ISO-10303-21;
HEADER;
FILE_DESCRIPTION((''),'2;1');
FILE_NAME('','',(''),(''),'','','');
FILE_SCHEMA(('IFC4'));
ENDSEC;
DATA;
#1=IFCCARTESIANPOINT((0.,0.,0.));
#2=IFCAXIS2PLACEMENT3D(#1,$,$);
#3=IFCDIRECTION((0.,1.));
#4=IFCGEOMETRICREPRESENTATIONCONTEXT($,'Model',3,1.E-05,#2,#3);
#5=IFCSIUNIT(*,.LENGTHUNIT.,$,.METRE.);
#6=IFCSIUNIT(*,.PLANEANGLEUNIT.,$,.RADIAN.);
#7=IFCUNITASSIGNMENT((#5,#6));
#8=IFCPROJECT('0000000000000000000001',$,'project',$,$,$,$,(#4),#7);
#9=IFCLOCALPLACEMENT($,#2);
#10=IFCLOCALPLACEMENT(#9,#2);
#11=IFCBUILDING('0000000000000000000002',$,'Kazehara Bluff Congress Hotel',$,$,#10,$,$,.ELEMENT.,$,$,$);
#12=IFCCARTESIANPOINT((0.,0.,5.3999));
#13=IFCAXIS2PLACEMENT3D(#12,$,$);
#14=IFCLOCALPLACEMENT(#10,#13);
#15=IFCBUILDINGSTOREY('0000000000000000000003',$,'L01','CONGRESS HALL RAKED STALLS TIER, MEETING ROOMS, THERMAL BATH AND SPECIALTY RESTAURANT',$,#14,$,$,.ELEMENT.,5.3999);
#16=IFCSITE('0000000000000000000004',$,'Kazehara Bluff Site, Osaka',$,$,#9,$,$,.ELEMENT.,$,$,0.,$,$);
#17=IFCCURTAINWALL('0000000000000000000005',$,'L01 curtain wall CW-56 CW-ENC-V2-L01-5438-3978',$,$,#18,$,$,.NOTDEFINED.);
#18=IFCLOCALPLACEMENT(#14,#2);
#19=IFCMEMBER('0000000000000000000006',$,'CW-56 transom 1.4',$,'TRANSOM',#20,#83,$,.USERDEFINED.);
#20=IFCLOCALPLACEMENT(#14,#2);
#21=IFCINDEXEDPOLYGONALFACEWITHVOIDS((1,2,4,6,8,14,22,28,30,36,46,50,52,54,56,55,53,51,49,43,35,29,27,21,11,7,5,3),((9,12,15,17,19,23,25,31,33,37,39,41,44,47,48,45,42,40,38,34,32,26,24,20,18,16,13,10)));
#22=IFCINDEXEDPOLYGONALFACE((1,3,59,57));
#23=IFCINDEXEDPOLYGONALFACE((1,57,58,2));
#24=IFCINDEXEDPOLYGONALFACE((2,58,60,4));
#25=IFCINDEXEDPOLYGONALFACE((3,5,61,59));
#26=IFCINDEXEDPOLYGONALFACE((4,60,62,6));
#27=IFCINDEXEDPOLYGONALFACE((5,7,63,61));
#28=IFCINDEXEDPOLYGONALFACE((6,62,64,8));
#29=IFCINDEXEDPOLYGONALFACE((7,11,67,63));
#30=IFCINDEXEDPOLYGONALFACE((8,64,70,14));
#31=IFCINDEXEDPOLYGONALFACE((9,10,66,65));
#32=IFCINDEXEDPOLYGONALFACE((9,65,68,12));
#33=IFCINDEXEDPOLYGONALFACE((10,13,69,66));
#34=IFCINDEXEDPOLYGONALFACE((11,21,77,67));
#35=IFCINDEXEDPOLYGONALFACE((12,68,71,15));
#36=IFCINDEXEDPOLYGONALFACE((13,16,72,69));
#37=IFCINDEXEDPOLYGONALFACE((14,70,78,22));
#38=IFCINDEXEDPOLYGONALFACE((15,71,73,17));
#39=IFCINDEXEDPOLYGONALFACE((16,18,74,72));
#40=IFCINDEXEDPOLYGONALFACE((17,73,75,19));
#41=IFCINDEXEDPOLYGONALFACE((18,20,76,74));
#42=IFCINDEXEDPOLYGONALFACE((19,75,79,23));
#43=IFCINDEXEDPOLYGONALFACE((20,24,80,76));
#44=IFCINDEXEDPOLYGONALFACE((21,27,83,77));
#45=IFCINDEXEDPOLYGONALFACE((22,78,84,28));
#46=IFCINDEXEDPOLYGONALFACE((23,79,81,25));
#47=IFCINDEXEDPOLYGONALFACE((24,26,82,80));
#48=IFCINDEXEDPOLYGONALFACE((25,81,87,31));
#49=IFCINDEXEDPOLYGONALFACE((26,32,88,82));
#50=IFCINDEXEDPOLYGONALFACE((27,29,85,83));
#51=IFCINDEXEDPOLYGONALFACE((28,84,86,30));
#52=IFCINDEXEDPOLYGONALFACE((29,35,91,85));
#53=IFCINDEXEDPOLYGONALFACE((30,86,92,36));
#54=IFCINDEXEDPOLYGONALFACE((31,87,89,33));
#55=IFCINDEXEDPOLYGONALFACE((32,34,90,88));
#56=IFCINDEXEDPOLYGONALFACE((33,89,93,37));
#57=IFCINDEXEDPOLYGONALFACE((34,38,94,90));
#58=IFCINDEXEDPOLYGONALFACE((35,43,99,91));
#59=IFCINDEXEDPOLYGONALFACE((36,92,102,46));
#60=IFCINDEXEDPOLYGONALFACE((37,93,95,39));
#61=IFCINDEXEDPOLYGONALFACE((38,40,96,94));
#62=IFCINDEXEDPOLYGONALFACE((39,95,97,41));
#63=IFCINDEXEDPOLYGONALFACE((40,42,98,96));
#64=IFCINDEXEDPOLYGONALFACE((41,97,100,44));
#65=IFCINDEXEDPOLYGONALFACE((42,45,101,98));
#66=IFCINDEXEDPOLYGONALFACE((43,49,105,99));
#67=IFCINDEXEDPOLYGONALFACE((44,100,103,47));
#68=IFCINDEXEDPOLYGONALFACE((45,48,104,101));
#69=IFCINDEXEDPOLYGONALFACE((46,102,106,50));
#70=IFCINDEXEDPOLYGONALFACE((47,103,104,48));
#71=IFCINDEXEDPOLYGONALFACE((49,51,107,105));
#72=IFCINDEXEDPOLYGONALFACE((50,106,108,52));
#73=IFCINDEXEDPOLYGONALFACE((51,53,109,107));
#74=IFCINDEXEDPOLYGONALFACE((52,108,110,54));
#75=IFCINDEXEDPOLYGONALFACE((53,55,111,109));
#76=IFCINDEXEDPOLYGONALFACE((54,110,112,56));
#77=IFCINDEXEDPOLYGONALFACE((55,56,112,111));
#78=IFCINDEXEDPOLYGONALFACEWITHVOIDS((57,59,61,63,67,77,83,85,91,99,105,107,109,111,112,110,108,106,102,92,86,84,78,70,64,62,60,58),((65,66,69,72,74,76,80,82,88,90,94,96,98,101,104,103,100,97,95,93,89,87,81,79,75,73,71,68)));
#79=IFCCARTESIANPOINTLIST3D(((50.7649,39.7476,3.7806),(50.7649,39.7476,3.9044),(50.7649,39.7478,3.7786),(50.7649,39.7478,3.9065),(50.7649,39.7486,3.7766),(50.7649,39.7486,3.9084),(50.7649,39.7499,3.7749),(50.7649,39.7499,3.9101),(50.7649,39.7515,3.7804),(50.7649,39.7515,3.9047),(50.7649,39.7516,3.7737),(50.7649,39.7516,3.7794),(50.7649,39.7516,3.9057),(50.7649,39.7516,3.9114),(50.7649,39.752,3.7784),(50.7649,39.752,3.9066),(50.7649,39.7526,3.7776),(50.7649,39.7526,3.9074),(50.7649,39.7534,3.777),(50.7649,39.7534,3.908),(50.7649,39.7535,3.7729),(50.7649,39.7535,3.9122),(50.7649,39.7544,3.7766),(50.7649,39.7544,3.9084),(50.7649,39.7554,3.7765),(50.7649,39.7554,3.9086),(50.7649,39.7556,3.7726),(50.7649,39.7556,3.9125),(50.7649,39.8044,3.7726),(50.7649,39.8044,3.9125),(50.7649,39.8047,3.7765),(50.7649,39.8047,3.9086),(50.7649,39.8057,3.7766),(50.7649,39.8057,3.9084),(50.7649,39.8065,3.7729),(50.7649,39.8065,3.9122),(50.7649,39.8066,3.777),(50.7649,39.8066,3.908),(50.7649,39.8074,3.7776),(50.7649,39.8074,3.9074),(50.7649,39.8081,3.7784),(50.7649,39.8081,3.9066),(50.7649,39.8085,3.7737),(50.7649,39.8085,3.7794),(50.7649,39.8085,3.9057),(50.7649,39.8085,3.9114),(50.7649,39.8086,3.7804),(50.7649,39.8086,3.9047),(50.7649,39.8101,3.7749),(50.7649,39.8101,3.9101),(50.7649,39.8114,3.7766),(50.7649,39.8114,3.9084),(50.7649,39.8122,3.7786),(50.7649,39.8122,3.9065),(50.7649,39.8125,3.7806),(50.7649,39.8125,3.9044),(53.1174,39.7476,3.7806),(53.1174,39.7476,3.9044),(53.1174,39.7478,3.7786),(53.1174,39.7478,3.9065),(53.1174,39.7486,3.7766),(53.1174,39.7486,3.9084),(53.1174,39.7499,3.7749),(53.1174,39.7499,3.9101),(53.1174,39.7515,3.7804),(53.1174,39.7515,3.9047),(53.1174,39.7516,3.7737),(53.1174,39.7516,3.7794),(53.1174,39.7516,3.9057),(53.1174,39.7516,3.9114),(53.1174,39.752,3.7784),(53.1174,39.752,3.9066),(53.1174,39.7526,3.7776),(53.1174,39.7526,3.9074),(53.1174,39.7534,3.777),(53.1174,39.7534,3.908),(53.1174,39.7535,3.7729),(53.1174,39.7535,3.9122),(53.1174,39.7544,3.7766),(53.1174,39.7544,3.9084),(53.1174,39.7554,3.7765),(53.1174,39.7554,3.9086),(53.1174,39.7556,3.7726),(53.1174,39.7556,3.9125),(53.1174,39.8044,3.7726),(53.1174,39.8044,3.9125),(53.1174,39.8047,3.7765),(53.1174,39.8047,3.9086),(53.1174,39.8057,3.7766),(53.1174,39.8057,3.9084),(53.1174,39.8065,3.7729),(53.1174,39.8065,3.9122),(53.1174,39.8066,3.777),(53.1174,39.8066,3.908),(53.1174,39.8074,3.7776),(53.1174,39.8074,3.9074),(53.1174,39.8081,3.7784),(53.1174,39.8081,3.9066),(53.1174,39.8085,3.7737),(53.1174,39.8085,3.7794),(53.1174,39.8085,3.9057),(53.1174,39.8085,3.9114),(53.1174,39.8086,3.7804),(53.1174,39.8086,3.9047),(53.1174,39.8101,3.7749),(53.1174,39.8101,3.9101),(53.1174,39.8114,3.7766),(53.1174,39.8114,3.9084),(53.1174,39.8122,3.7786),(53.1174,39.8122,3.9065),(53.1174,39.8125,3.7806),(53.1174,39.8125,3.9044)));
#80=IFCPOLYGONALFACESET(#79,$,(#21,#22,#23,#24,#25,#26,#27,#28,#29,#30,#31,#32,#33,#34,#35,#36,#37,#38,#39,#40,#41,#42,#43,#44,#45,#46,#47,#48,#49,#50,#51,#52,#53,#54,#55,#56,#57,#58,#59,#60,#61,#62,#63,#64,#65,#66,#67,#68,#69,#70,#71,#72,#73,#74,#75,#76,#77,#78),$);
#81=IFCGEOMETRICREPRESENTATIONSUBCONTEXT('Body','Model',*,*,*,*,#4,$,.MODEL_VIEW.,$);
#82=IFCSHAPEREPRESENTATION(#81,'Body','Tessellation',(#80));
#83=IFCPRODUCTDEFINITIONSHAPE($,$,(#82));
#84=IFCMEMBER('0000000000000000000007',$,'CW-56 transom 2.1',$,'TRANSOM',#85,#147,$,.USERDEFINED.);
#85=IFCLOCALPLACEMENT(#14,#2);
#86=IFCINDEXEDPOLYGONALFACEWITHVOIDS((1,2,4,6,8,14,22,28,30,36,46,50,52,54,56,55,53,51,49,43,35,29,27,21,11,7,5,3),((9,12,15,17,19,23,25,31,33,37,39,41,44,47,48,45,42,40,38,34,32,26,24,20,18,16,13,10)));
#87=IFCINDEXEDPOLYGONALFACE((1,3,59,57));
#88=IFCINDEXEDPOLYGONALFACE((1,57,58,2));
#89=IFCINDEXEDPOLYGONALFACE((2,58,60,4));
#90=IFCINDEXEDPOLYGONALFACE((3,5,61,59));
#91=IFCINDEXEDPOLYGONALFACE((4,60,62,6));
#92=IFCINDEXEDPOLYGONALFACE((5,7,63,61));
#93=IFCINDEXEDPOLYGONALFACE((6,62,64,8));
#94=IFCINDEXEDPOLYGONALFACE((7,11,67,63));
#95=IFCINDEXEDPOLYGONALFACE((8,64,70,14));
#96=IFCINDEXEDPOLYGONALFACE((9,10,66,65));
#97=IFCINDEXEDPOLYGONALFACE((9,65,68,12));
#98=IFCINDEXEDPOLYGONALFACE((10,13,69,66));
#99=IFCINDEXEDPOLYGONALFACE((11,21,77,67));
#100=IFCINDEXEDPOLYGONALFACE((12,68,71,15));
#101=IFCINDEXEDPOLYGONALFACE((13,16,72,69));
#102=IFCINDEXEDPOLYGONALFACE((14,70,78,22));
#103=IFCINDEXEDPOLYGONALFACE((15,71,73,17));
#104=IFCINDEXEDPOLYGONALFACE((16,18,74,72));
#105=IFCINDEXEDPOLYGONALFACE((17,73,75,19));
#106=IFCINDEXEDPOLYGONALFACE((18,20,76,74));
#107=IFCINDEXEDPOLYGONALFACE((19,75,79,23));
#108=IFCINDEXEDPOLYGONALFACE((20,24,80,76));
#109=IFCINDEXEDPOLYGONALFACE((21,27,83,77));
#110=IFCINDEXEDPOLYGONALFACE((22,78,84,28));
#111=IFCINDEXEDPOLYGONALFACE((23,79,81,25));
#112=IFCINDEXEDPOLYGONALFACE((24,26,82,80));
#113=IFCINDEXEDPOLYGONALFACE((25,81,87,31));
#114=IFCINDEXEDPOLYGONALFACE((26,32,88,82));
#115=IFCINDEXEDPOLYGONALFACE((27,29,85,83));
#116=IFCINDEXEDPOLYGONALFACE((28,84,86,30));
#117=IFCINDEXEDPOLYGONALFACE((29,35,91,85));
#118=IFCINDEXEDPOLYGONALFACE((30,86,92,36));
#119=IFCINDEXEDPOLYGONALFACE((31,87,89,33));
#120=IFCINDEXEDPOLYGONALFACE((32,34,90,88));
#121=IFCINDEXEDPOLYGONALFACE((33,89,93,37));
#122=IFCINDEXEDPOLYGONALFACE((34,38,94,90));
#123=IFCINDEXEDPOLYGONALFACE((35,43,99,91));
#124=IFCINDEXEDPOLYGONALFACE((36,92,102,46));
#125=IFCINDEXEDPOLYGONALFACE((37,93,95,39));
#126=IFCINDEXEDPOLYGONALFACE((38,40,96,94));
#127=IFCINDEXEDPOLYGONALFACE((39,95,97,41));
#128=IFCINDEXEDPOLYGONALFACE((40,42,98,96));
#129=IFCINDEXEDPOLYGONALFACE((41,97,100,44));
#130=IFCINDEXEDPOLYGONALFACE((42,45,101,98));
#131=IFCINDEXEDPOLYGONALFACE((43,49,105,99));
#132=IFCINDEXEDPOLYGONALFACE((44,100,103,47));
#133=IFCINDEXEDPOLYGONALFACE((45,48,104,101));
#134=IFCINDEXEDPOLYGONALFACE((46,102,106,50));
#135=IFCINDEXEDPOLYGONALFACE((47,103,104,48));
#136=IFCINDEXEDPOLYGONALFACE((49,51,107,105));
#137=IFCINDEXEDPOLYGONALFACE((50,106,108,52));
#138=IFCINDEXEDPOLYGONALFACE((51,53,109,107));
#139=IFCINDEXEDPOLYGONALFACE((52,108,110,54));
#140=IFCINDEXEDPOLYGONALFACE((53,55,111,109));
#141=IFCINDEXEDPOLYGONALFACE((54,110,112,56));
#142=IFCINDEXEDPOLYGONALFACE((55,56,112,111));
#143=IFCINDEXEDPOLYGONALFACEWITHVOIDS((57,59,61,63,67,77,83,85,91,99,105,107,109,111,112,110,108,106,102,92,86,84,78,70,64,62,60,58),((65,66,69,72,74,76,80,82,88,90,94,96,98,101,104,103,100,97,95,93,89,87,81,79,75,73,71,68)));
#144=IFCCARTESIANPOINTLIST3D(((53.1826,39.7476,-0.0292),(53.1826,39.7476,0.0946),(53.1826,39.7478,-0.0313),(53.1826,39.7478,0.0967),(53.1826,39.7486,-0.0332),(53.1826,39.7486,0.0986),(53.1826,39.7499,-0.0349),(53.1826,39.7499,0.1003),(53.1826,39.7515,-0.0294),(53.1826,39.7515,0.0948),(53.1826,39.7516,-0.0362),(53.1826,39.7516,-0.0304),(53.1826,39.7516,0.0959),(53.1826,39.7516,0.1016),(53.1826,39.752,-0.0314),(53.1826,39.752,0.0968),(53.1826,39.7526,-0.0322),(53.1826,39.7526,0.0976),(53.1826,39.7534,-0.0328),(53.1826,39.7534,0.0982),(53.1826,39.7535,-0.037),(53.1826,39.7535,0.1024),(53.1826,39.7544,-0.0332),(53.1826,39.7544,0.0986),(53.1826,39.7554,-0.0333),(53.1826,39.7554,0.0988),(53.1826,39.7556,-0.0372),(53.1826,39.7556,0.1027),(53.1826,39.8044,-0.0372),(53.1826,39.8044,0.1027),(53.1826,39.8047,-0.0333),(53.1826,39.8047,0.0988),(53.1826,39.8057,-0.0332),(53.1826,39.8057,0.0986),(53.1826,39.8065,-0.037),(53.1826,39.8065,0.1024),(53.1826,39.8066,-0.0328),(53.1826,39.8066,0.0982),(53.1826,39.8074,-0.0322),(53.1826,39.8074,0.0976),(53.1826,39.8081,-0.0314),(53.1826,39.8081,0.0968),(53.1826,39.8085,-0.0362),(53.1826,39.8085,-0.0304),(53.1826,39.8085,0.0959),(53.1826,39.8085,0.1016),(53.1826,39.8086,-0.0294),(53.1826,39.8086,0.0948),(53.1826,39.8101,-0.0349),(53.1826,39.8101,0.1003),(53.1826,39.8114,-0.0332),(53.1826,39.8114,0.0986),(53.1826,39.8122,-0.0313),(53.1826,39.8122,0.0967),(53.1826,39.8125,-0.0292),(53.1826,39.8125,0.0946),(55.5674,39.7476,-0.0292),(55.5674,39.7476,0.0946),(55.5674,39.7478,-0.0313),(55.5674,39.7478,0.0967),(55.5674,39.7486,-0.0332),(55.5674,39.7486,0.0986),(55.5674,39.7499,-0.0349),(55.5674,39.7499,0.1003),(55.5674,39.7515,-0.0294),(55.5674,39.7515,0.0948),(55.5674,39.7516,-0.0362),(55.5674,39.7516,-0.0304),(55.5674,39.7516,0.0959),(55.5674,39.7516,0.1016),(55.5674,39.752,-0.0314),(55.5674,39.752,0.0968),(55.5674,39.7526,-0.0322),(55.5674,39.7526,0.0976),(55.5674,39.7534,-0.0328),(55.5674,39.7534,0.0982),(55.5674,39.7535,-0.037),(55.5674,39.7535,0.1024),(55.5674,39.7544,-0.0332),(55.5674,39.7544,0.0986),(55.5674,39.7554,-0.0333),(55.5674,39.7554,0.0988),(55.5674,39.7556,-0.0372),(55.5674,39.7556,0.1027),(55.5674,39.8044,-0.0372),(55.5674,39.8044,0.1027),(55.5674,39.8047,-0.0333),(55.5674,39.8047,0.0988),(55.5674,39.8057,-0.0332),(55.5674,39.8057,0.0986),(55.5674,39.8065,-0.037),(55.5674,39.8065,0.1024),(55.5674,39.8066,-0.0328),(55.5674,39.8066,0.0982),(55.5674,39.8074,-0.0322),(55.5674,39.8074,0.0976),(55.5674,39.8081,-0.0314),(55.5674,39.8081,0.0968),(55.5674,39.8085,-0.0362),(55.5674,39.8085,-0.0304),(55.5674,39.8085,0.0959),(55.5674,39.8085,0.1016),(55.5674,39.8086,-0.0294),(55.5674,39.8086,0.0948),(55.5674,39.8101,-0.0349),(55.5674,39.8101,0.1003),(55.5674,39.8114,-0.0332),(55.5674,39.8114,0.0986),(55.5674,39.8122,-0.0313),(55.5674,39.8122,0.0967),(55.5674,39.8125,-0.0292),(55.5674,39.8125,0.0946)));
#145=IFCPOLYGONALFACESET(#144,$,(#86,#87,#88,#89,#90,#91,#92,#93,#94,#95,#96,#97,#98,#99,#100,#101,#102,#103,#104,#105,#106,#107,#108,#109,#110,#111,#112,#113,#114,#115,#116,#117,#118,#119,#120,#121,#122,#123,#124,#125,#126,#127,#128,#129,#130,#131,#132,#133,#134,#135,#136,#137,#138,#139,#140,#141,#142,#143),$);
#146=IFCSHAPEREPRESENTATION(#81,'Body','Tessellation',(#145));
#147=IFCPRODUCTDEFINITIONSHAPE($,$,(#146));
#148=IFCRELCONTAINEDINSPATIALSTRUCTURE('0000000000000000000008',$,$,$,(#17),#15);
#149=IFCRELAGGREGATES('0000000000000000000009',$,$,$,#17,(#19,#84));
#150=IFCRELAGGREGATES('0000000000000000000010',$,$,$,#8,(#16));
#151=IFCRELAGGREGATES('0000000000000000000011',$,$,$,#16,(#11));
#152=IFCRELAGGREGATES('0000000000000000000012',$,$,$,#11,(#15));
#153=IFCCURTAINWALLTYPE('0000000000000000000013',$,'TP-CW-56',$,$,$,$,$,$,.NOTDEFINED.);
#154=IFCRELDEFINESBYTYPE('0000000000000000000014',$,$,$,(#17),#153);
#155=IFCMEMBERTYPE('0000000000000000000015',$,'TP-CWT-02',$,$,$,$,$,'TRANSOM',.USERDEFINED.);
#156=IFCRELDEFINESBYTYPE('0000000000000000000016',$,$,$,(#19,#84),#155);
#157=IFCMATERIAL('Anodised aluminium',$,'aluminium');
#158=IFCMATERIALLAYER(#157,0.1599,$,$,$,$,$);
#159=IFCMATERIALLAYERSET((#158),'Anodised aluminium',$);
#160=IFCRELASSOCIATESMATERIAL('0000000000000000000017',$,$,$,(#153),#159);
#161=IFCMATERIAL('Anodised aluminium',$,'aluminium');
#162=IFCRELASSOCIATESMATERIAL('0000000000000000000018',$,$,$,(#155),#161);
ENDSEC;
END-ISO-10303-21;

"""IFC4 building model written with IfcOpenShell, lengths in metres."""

from ifc_helpers import new_model, si_unit, direction, frame, origin, origin_2d, place, context, subcontext, project, spatial, hollow_rectangle, extrude, material, layer, layer_set, material_profile, profile_set, type_object, element, aggregate, save


model = new_model("IFC4")

# Units and contexts
model_context = context("Model", 3, precision=1e-05, world=origin(), true_north=direction((0.0, 1.0)))
body_context = subcontext(model_context, "Body", "Model", "MODEL_VIEW")
ifc_project = project(units=[si_unit("LENGTHUNIT", "METRE"), si_unit("PLANEANGLEUNIT", "RADIAN")], contexts=[model_context])

# Site, building, storey
site_placement = place(None, origin())
site = spatial("IfcSite", under=ifc_project, at=site_placement, Name="Kazehara Bluff Site, Osaka", CompositionType="ELEMENT", RefElevation=0.0)
building_placement = place(site_placement, origin())
building = spatial("IfcBuilding", under=site, at=building_placement, Name="Kazehara Bluff Congress Hotel", CompositionType="ELEMENT")
storey_placement = place(building_placement, frame((0.0, 0.0, 5.3999)))
storey = spatial("IfcBuildingStorey", under=building, at=storey_placement, Name="L01", Description="CONGRESS HALL RAKED STALLS TIER, MEETING ROOMS, THERMAL BATH AND SPECIALTY RESTAURANT", CompositionType="ELEMENT", Elevation=5.3999)

# Curtain wall
ifc_material_1 = material(Name="Anodised aluminium", Category="aluminium")
ifc_layer_1 = layer(ifc_material_1, 0.1599)
ifc_layer_set_1 = layer_set([ifc_layer_1], Name="Anodised aluminium")
curtain_wall_type_1 = type_object("IfcCurtainWallType", Name="TP-CW-56", PredefinedType="NOTDEFINED", material=ifc_layer_set_1)
curtain_wall_1_placement = place(storey_placement, origin())
curtain_wall_1 = element("IfcCurtainWall", 1, at=curtain_wall_1_placement, inside=storey, type_object=curtain_wall_type_1, Name="L01 curtain wall CW-56 CW-ENC-V2-L01-5438-3978", PredefinedType="NOTDEFINED")

# Members
ifc_material_2 = material(Name="Anodised aluminium", Category="aluminium")
ifc_material_profile_1 = material_profile(ifc_material_2, hollow_rectangle(XDim=0.0649, YDim=0.1399, WallThickness=0.0039, InnerFilletRadius=0.0039, OuterFilletRadius=0.0081, at=origin_2d()))
ifc_profile_set_1 = profile_set([ifc_material_profile_1], Name="Anodised aluminium")
member_type_1 = type_object("IfcMemberType", Name="TP-CWT-02", ElementType="TRANSOM", PredefinedType="USERDEFINED", material=ifc_profile_set_1)
member_1_placement = place(storey_placement, frame((50.7649, 39.78, 3.8425), z_axis=(1.0, 0.0, 0.0), x_axis=(0.0, 1.0, 0.0)))
member_1 = element("IfcMember", 2, at=member_1_placement, type_object=member_type_1, Name="CW-56 transom 1.4", ObjectType="TRANSOM", PredefinedType="USERDEFINED", context=body_context, shape_type="SweptSolid", body=[
    extrude(hollow_rectangle(XDim=0.0649, YDim=0.1399, WallThickness=0.0039, InnerFilletRadius=0.0039, OuterFilletRadius=0.0081, at=origin_2d()), origin(), (0.0, 0.0, 1.0), 2.3525),
])
member_2_placement = place(storey_placement, frame((53.1826, 39.78, 0.0327), z_axis=(1.0, 0.0, 0.0), x_axis=(0.0, 1.0, 0.0)))
member_2 = element("IfcMember", 3, at=member_2_placement, type_object=member_type_1, Name="CW-56 transom 2.1", ObjectType="TRANSOM", PredefinedType="USERDEFINED", context=body_context, shape_type="SweptSolid", body=[
    extrude(hollow_rectangle(XDim=0.0649, YDim=0.1399, WallThickness=0.0039, InnerFilletRadius=0.0039, OuterFilletRadius=0.0081, at=origin_2d()), origin(), (0.0, 0.0, 1.0), 2.3848),
])

aggregate(curtain_wall_1, [member_1, member_2])

save(model, "model.ifc")
